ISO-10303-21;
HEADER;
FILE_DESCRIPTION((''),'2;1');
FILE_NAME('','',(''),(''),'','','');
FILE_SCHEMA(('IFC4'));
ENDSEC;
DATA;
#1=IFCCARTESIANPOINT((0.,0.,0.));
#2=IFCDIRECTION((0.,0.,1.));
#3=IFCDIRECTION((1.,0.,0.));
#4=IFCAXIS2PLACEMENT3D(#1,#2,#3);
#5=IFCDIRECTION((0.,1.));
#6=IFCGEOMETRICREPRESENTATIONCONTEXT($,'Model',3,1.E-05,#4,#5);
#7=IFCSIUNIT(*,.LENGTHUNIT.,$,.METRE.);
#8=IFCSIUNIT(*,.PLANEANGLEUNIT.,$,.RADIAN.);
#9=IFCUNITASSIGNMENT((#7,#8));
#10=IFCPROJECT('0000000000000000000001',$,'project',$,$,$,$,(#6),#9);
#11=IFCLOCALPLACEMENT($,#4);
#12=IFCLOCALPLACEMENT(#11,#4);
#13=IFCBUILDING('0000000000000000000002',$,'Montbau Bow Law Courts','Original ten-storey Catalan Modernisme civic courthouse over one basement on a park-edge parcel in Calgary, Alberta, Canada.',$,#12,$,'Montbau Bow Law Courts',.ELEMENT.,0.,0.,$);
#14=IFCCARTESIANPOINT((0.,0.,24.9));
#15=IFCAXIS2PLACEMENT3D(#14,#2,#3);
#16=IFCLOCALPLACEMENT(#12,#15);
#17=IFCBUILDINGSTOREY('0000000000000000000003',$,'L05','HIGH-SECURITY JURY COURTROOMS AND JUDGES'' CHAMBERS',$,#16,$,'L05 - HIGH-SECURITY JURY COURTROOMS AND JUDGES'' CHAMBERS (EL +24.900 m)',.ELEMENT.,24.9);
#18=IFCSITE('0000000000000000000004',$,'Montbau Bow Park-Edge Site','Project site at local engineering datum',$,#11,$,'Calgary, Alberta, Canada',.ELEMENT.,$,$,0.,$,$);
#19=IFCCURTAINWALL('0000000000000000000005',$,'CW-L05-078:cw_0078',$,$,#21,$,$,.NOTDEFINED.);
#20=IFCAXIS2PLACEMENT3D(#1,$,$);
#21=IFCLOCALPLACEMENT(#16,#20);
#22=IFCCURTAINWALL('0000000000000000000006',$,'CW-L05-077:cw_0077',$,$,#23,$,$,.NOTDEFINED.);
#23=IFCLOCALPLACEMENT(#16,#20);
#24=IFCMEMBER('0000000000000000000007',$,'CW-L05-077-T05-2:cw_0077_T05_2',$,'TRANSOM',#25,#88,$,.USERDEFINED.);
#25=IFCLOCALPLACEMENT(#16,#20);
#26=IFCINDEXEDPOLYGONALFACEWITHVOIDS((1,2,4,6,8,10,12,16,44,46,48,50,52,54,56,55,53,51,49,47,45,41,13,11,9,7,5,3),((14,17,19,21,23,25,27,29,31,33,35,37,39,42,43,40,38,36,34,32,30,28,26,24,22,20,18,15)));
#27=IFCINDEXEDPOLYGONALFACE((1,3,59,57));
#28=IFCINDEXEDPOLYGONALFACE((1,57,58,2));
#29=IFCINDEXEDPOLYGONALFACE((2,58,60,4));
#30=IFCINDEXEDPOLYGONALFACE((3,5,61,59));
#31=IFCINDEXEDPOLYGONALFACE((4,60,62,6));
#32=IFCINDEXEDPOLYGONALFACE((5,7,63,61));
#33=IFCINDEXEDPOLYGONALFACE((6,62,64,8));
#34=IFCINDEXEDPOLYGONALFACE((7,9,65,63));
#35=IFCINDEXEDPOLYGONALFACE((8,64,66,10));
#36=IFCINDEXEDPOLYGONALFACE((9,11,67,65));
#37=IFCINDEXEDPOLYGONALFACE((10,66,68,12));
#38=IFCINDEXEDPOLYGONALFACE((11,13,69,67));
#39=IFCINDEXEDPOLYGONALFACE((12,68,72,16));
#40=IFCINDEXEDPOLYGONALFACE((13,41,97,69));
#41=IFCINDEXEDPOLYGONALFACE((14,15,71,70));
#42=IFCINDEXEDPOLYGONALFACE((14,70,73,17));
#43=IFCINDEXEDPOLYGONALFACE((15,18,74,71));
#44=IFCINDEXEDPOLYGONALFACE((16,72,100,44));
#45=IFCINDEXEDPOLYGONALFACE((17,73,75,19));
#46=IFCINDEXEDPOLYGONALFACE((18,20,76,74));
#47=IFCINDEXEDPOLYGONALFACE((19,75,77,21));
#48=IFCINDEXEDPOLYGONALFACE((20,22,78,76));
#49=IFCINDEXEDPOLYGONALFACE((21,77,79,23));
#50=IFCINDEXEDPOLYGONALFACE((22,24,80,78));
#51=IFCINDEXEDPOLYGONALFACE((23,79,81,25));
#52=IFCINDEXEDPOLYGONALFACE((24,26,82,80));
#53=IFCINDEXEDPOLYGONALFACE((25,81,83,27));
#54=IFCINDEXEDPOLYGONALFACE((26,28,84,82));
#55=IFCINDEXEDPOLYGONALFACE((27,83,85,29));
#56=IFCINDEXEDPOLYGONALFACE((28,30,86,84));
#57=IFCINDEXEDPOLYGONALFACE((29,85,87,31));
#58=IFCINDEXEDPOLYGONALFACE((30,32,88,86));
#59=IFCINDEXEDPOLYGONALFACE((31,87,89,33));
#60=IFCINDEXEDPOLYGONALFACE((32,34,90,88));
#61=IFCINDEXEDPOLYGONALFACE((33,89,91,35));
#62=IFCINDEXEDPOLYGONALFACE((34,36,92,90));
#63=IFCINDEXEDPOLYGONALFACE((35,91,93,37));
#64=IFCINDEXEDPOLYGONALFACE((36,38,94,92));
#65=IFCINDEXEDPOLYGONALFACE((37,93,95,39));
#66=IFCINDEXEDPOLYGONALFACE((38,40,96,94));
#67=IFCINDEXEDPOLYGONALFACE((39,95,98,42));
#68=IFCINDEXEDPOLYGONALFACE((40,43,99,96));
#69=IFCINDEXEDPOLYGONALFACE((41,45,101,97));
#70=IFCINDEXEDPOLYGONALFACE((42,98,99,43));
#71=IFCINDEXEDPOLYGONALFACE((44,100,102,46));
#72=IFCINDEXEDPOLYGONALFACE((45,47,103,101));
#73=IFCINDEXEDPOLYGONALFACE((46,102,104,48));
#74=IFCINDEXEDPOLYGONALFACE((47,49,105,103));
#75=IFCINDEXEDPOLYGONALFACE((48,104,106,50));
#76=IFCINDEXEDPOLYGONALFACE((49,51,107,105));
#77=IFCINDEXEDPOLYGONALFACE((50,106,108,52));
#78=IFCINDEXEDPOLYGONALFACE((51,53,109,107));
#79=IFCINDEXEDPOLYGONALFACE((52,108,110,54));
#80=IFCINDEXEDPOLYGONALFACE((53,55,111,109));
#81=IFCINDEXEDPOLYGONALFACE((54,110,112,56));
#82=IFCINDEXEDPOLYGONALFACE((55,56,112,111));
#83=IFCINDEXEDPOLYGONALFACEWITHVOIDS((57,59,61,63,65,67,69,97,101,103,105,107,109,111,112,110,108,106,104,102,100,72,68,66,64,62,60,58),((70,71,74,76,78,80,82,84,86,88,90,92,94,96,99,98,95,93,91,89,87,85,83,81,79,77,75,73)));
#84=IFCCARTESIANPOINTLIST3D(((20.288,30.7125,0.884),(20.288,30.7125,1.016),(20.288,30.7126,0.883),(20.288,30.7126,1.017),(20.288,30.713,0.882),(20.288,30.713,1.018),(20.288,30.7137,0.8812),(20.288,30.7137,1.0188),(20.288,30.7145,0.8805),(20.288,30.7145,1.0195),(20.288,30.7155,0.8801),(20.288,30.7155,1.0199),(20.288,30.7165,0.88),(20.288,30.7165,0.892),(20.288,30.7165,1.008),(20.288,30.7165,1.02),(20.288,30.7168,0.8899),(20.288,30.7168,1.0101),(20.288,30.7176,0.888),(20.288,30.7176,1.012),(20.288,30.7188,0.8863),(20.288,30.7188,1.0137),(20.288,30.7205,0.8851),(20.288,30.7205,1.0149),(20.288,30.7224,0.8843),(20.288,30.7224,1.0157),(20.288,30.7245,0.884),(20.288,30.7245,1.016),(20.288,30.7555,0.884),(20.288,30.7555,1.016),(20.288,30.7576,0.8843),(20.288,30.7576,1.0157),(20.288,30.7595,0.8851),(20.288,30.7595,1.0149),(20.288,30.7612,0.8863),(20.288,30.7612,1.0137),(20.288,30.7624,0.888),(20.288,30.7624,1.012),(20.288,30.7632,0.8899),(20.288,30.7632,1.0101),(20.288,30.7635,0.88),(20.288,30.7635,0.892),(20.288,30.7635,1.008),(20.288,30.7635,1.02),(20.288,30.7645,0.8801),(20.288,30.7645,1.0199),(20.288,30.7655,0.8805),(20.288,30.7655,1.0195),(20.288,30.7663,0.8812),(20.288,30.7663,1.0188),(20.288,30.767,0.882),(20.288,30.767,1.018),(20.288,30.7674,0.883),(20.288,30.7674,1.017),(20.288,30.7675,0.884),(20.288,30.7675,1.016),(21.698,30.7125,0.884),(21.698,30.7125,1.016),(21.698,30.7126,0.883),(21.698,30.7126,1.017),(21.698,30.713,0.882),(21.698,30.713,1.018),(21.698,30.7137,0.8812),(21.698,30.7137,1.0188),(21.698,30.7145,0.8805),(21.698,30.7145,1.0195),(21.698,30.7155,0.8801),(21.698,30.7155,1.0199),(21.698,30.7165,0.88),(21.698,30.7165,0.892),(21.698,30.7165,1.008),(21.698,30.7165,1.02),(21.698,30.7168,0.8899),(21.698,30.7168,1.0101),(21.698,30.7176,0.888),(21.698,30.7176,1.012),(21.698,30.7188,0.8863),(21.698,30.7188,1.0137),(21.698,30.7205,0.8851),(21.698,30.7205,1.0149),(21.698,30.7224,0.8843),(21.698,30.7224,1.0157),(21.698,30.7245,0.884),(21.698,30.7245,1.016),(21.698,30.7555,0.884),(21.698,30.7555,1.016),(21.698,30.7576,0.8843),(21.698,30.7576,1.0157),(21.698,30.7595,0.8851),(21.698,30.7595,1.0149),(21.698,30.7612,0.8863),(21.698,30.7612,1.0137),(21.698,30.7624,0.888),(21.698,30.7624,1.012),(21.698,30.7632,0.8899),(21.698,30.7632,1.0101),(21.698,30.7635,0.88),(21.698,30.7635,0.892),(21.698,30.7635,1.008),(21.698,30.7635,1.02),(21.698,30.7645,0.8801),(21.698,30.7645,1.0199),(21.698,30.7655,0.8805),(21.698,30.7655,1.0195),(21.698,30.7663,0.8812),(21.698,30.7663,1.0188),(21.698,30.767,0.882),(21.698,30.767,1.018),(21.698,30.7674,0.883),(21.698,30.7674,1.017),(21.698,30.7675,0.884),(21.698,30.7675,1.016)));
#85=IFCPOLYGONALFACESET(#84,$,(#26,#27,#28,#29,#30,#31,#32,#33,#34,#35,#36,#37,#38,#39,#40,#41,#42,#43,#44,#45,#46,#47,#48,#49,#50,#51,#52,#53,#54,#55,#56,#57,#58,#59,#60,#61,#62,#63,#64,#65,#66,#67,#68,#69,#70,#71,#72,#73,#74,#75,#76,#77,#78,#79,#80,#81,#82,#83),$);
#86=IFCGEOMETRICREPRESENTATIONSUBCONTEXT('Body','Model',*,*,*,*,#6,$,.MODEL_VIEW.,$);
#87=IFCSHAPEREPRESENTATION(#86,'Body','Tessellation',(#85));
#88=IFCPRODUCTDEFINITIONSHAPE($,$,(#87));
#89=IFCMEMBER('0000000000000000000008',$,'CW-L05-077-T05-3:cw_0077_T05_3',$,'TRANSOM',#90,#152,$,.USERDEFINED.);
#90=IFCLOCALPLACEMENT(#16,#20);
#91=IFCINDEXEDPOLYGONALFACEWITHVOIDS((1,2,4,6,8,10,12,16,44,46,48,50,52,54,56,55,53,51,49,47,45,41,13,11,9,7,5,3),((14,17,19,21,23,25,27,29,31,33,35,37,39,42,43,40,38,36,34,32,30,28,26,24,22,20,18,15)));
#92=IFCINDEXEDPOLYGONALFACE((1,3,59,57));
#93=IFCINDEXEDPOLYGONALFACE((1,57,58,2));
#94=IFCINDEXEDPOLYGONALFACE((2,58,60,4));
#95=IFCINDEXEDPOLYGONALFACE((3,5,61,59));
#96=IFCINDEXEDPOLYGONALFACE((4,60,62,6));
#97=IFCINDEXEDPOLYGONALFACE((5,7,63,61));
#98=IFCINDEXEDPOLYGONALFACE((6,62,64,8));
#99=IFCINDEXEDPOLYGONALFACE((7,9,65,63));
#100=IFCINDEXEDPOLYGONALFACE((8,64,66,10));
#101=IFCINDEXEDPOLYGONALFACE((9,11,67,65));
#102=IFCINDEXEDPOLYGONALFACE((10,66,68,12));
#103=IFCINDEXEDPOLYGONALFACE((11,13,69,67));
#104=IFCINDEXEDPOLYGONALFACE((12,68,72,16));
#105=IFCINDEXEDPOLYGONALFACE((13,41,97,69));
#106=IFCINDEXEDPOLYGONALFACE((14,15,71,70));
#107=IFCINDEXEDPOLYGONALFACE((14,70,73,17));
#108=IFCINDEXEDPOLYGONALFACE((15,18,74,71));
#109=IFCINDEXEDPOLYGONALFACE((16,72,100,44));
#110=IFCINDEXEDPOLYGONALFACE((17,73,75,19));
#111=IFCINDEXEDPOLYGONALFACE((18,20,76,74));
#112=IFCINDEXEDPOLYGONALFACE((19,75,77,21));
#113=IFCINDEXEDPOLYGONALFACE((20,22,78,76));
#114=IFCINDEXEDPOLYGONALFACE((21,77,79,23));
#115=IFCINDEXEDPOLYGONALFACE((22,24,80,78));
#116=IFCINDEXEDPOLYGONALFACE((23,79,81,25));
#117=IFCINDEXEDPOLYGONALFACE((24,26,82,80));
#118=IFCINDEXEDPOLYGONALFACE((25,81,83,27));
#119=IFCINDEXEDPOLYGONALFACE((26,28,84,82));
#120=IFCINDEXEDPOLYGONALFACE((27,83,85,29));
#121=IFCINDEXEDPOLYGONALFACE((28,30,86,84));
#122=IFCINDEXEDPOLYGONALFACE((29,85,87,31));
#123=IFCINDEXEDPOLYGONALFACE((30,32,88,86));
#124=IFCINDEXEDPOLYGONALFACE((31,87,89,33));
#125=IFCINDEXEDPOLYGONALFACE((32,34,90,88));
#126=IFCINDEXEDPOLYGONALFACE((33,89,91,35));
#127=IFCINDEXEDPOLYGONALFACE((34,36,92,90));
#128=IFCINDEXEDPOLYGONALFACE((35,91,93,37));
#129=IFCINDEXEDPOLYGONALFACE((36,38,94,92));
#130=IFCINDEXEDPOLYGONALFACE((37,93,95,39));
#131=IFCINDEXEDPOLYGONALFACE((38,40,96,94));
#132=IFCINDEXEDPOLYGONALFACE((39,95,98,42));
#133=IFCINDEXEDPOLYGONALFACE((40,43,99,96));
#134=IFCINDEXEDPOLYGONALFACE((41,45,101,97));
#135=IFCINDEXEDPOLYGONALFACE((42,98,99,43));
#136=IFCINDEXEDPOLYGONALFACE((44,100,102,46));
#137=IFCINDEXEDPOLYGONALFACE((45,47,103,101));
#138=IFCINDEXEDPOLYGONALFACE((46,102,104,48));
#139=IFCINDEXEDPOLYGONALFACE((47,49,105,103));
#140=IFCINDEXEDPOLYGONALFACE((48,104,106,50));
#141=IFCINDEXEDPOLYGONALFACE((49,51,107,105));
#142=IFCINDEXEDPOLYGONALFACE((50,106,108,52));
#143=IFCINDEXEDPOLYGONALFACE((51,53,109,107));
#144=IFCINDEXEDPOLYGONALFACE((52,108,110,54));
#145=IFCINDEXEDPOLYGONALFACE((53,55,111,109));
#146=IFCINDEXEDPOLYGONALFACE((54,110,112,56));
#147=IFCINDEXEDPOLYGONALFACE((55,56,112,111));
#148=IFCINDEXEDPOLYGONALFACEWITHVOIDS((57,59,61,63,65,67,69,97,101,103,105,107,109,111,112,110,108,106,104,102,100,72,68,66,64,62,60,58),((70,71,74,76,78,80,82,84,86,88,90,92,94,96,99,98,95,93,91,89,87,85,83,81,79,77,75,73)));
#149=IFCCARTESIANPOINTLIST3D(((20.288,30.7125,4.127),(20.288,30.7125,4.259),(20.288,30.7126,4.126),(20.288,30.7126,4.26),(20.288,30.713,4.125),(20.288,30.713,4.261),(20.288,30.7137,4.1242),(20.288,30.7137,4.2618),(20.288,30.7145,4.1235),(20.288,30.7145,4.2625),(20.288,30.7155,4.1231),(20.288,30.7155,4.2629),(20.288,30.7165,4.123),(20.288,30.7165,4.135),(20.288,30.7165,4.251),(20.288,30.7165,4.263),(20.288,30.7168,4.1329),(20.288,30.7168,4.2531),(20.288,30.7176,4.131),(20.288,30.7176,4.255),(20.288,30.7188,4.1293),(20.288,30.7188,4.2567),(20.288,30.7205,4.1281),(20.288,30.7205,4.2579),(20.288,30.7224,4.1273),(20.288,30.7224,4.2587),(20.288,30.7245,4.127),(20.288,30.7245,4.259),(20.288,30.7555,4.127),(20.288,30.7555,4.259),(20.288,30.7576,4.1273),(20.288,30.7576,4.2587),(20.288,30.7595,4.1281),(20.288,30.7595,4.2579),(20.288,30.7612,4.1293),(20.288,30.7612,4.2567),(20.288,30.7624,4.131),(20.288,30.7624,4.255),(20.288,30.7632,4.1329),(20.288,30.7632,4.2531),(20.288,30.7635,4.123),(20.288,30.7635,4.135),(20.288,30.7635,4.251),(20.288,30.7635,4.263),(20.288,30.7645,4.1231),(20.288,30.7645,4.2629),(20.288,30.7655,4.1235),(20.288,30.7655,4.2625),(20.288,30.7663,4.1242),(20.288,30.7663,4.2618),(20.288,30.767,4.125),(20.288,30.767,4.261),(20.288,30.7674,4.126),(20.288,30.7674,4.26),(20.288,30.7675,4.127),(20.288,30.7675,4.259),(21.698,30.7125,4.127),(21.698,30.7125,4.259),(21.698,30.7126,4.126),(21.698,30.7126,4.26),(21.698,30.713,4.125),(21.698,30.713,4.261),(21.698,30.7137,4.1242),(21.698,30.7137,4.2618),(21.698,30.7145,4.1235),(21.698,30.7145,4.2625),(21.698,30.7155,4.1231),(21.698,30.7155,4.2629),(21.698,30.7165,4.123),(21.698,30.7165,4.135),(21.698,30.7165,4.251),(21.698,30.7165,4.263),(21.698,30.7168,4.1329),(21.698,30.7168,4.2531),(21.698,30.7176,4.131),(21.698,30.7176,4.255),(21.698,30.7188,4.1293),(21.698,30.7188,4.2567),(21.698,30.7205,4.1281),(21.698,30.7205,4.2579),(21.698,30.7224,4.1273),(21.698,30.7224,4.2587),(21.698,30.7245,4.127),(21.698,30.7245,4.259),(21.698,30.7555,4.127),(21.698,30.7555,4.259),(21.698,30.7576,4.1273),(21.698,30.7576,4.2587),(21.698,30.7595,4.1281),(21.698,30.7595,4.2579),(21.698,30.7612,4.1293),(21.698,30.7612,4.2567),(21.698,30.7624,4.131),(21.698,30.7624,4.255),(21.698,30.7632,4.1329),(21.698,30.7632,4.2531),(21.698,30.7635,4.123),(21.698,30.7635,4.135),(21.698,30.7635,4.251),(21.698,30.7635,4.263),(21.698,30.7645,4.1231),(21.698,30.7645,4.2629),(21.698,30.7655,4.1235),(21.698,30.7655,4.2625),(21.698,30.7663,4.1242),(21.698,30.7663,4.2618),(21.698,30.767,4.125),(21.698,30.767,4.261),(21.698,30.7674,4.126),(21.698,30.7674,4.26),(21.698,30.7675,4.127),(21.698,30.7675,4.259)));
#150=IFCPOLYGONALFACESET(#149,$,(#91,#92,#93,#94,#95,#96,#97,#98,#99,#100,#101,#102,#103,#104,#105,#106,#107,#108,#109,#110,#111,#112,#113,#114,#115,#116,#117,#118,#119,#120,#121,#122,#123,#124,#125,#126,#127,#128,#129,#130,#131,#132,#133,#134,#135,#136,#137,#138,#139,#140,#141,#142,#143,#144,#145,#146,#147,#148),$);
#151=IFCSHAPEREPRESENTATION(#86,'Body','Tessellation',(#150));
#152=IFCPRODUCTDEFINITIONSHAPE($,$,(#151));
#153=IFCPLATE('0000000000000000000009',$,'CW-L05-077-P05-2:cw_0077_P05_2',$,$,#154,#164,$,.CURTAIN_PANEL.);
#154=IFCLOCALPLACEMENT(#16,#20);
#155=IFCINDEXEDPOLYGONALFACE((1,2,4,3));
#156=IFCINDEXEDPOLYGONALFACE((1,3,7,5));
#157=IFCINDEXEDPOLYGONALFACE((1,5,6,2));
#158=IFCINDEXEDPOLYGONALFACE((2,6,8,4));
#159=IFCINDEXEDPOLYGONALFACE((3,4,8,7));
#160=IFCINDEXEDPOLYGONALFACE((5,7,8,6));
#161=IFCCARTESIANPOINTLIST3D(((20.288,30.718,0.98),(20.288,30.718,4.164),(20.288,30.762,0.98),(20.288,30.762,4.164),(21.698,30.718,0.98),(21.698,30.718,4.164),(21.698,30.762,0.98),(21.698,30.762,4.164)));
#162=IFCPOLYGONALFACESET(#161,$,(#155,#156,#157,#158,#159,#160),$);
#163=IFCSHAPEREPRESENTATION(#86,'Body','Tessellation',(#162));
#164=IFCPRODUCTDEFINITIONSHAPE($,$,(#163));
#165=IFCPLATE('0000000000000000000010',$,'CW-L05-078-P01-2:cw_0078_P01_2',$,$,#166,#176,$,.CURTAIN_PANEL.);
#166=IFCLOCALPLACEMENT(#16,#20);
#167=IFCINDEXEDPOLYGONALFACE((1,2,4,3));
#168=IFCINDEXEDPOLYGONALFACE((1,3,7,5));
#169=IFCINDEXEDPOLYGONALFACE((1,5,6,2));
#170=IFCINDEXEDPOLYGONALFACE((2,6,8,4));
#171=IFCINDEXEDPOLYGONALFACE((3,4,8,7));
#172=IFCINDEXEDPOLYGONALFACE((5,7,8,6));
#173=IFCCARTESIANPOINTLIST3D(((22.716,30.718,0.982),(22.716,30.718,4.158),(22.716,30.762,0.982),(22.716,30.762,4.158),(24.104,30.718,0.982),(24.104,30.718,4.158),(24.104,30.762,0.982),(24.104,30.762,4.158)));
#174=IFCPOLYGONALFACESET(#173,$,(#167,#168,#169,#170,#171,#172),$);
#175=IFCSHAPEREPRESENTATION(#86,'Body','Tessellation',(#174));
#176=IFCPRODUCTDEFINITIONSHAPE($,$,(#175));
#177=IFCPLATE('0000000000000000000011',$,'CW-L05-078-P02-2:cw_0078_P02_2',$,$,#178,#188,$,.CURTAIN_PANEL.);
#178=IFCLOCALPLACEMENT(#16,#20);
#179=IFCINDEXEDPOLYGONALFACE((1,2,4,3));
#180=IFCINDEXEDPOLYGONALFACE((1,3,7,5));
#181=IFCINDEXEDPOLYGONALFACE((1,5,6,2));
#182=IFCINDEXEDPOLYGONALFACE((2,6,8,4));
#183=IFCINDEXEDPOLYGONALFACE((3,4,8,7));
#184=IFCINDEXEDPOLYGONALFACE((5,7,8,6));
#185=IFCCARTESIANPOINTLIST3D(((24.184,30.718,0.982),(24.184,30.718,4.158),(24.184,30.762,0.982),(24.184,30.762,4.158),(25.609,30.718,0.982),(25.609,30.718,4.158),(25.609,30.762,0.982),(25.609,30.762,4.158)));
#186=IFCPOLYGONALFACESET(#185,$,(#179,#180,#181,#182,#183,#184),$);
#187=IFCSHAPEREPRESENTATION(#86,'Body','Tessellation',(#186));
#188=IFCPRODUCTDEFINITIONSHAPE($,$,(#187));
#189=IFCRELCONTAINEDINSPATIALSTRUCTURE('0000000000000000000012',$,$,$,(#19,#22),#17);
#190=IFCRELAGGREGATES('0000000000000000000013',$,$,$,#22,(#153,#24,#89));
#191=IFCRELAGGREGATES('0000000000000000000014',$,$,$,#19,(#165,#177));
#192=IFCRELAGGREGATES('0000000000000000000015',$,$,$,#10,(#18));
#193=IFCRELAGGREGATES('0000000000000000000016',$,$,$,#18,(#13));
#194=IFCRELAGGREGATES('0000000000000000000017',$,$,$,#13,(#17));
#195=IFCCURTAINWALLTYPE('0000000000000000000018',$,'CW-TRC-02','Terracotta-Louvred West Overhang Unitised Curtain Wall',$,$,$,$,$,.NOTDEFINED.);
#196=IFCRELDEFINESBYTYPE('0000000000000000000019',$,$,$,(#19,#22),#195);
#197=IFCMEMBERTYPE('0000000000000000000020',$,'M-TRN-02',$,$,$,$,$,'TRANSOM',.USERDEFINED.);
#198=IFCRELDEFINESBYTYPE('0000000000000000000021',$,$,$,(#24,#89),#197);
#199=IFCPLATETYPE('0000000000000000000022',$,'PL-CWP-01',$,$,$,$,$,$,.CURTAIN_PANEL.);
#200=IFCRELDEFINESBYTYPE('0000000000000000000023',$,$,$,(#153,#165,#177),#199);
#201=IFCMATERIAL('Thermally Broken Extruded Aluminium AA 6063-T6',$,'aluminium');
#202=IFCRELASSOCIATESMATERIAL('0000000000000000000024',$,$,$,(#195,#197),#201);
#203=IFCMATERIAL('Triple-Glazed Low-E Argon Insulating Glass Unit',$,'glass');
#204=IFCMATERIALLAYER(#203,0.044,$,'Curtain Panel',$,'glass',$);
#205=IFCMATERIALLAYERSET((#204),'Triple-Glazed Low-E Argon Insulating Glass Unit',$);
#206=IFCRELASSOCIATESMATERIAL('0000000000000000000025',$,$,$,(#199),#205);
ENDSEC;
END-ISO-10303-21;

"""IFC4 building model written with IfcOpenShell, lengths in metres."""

from ifc_helpers import new_model, si_unit, direction, frame, frame_2d, origin_with_axes, origin_2d_with_axis, place, context, subcontext, project, spatial, rectangle, hollow_rectangle, extrude, material, layer, layer_set, material_profile, profile_set, type_object, element, aggregate, save


model = new_model("IFC4")

# Units and contexts
model_context = context("Model", 3, precision=1e-05, world=origin_with_axes(), true_north=direction((0.0, 1.0)))
body_context = subcontext(model_context, "Body", "Model", "MODEL_VIEW")
ifc_project = project(units=[si_unit("LENGTHUNIT", "METRE"), si_unit("PLANEANGLEUNIT", "RADIAN")], contexts=[model_context])

# Site, building, storey
site_placement = place(None, origin_with_axes())
site = spatial("IfcSite", under=ifc_project, at=site_placement, Name="Montbau Bow Park-Edge Site", Description="Project site at local engineering datum", LongName="Calgary, Alberta, Canada", CompositionType="ELEMENT", RefElevation=0.0)
building_placement = place(site_placement, origin_with_axes())
building = spatial("IfcBuilding", under=site, at=building_placement, Name="Montbau Bow Law Courts", Description="Original ten-storey Catalan Modernisme civic courthouse over one basement on a park-edge parcel in Calgary, Alberta, Canada.", LongName="Montbau Bow Law Courts", CompositionType="ELEMENT", ElevationOfRefHeight=0.0, ElevationOfTerrain=0.0)
storey_placement = place(building_placement, frame((0.0, 0.0, 24.9), z_axis=(0.0, 0.0, 1.0), x_axis=(1.0, 0.0, 0.0)))
storey = spatial("IfcBuildingStorey", under=building, at=storey_placement, Name="L05", Description="HIGH-SECURITY JURY COURTROOMS AND JUDGES' CHAMBERS", LongName="L05 - HIGH-SECURITY JURY COURTROOMS AND JUDGES' CHAMBERS (EL +24.900 m)", CompositionType="ELEMENT", Elevation=24.9)

# Curtain walls
ifc_material_1 = material(Name="Thermally Broken Extruded Aluminium AA 6063-T6", Category="aluminium")
curtain_wall_type = type_object("IfcCurtainWallType", Name="CW-TRC-02", Description="Terracotta-Louvred West Overhang Unitised Curtain Wall", PredefinedType="NOTDEFINED", material=ifc_material_1)
curtain_wall_1_placement = place(None, frame((22.64, 30.74, 24.9), z_axis=(0.0, 0.0, 1.0), x_axis=(1.0, 0.0, 0.0)))
curtain_wall_1 = element("IfcCurtainWall", 1, at=curtain_wall_1_placement, inside=storey, type_object=curtain_wall_type, Name="CW-L05-078:cw_0078", PredefinedType="NOTDEFINED")
curtain_wall_2_placement = place(None, frame((14.24, 30.74, 24.9), z_axis=(0.0, 0.0, 1.0), x_axis=(1.0, 0.0, 0.0)))
curtain_wall_2 = element("IfcCurtainWall", 2, at=curtain_wall_2_placement, inside=storey, type_object=curtain_wall_type, Name="CW-L05-077:cw_0077", PredefinedType="NOTDEFINED")

# Members
ifc_material_profile_1 = material_profile(ifc_material_1, hollow_rectangle(XDim=0.055, YDim=0.14, WallThickness=0.004, InnerFilletRadius=0.008, OuterFilletRadius=0.004, at=origin_2d_with_axis()), Name="CWT-140X55", Category="Main", Priority=0)
ifc_profile_set_1 = profile_set([ifc_material_profile_1], Name="Thermally Broken Extruded Aluminium AA 6063-T6")
member_type_1 = type_object("IfcMemberType", Name="M-TRN-02", ElementType="TRANSOM", PredefinedType="USERDEFINED", material=ifc_profile_set_1)
member_1_placement = place(None, frame((20.288, 30.74, 25.85), z_axis=(1.0, 0.0, 0.0), x_axis=(0.0, 1.0, 0.0)))
member_1 = element("IfcMember", 3, at=member_1_placement, type_object=member_type_1, Name="CW-L05-077-T05-2:cw_0077_T05_2", ObjectType="TRANSOM", PredefinedType="USERDEFINED", context=body_context, shape_type="SweptSolid", body=[
    extrude(hollow_rectangle(XDim=0.055, YDim=0.14, WallThickness=0.004, InnerFilletRadius=0.008, OuterFilletRadius=0.004, at=origin_2d_with_axis()), origin_with_axes(), (0.0, 0.0, 1.0), 1.41),
])
member_2_placement = place(None, frame((20.288, 30.74, 29.093), z_axis=(1.0, 0.0, 0.0), x_axis=(0.0, 1.0, 0.0)))
member_2 = element("IfcMember", 4, at=member_2_placement, type_object=member_type_1, Name="CW-L05-077-T05-3:cw_0077_T05_3", ObjectType="TRANSOM", PredefinedType="USERDEFINED", context=body_context, shape_type="SweptSolid", body=[
    extrude(hollow_rectangle(XDim=0.055, YDim=0.14, WallThickness=0.004, InnerFilletRadius=0.008, OuterFilletRadius=0.004, at=origin_2d_with_axis()), origin_with_axes(), (0.0, 0.0, 1.0), 1.41),
])

# Plates
ifc_material_2 = material(Name="Triple-Glazed Low-E Argon Insulating Glass Unit", Category="glass")
ifc_layer_1 = layer(ifc_material_2, 0.044, Name="Curtain Panel", Category="glass")
ifc_layer_set_1 = layer_set([ifc_layer_1], Name="Triple-Glazed Low-E Argon Insulating Glass Unit")
plate_type_1 = type_object("IfcPlateType", Name="PL-CWP-01", PredefinedType="CURTAIN_PANEL", material=ifc_layer_set_1)
plate_1_placement = place(None, frame((20.288, 30.74, 25.88), z_axis=(0.0, -1.0, 0.0), x_axis=(1.0, 0.0, 0.0)))
plate_1 = element("IfcPlate", 5, at=plate_1_placement, type_object=plate_type_1, Name="CW-L05-077-P05-2:cw_0077_P05_2", PredefinedType="CURTAIN_PANEL", context=body_context, shape_type="SweptSolid", body=[
    extrude(rectangle(XDim=1.41, YDim=3.184, at=frame_2d((0.705, 1.592), x_axis=(1.0, 0.0))), frame((0.0, 0.0, -0.022), z_axis=(0.0, 0.0, 1.0), x_axis=(1.0, 0.0, 0.0)), (0.0, 0.0, 1.0), 0.044),
])
plate_2_placement = place(None, frame((22.716, 30.74, 25.882), z_axis=(0.0, -1.0, 0.0), x_axis=(1.0, 0.0, 0.0)))
plate_2 = element("IfcPlate", 6, at=plate_2_placement, type_object=plate_type_1, Name="CW-L05-078-P01-2:cw_0078_P01_2", PredefinedType="CURTAIN_PANEL", context=body_context, shape_type="SweptSolid", body=[
    extrude(rectangle(XDim=1.388, YDim=3.176, at=frame_2d((0.694, 1.588), x_axis=(1.0, 0.0))), frame((0.0, 0.0, -0.022), z_axis=(0.0, 0.0, 1.0), x_axis=(1.0, 0.0, 0.0)), (0.0, 0.0, 1.0), 0.044),
])
plate_3_placement = place(None, frame((24.184, 30.74, 25.882), z_axis=(0.0, -1.0, 0.0), x_axis=(1.0, 0.0, 0.0)))
plate_3 = element("IfcPlate", 7, at=plate_3_placement, type_object=plate_type_1, Name="CW-L05-078-P02-2:cw_0078_P02_2", PredefinedType="CURTAIN_PANEL", context=body_context, shape_type="SweptSolid", body=[
    extrude(rectangle(XDim=1.425, YDim=3.176, at=frame_2d((0.7125, 1.588), x_axis=(1.0, 0.0))), frame((0.0, 0.0, -0.022), z_axis=(0.0, 0.0, 1.0), x_axis=(1.0, 0.0, 0.0)), (0.0, 0.0, 1.0), 0.044),
])
aggregate(curtain_wall_2, [plate_1, member_1, member_2])
aggregate(curtain_wall_1, [plate_2, plate_3])

save(model, "model.ifc")
